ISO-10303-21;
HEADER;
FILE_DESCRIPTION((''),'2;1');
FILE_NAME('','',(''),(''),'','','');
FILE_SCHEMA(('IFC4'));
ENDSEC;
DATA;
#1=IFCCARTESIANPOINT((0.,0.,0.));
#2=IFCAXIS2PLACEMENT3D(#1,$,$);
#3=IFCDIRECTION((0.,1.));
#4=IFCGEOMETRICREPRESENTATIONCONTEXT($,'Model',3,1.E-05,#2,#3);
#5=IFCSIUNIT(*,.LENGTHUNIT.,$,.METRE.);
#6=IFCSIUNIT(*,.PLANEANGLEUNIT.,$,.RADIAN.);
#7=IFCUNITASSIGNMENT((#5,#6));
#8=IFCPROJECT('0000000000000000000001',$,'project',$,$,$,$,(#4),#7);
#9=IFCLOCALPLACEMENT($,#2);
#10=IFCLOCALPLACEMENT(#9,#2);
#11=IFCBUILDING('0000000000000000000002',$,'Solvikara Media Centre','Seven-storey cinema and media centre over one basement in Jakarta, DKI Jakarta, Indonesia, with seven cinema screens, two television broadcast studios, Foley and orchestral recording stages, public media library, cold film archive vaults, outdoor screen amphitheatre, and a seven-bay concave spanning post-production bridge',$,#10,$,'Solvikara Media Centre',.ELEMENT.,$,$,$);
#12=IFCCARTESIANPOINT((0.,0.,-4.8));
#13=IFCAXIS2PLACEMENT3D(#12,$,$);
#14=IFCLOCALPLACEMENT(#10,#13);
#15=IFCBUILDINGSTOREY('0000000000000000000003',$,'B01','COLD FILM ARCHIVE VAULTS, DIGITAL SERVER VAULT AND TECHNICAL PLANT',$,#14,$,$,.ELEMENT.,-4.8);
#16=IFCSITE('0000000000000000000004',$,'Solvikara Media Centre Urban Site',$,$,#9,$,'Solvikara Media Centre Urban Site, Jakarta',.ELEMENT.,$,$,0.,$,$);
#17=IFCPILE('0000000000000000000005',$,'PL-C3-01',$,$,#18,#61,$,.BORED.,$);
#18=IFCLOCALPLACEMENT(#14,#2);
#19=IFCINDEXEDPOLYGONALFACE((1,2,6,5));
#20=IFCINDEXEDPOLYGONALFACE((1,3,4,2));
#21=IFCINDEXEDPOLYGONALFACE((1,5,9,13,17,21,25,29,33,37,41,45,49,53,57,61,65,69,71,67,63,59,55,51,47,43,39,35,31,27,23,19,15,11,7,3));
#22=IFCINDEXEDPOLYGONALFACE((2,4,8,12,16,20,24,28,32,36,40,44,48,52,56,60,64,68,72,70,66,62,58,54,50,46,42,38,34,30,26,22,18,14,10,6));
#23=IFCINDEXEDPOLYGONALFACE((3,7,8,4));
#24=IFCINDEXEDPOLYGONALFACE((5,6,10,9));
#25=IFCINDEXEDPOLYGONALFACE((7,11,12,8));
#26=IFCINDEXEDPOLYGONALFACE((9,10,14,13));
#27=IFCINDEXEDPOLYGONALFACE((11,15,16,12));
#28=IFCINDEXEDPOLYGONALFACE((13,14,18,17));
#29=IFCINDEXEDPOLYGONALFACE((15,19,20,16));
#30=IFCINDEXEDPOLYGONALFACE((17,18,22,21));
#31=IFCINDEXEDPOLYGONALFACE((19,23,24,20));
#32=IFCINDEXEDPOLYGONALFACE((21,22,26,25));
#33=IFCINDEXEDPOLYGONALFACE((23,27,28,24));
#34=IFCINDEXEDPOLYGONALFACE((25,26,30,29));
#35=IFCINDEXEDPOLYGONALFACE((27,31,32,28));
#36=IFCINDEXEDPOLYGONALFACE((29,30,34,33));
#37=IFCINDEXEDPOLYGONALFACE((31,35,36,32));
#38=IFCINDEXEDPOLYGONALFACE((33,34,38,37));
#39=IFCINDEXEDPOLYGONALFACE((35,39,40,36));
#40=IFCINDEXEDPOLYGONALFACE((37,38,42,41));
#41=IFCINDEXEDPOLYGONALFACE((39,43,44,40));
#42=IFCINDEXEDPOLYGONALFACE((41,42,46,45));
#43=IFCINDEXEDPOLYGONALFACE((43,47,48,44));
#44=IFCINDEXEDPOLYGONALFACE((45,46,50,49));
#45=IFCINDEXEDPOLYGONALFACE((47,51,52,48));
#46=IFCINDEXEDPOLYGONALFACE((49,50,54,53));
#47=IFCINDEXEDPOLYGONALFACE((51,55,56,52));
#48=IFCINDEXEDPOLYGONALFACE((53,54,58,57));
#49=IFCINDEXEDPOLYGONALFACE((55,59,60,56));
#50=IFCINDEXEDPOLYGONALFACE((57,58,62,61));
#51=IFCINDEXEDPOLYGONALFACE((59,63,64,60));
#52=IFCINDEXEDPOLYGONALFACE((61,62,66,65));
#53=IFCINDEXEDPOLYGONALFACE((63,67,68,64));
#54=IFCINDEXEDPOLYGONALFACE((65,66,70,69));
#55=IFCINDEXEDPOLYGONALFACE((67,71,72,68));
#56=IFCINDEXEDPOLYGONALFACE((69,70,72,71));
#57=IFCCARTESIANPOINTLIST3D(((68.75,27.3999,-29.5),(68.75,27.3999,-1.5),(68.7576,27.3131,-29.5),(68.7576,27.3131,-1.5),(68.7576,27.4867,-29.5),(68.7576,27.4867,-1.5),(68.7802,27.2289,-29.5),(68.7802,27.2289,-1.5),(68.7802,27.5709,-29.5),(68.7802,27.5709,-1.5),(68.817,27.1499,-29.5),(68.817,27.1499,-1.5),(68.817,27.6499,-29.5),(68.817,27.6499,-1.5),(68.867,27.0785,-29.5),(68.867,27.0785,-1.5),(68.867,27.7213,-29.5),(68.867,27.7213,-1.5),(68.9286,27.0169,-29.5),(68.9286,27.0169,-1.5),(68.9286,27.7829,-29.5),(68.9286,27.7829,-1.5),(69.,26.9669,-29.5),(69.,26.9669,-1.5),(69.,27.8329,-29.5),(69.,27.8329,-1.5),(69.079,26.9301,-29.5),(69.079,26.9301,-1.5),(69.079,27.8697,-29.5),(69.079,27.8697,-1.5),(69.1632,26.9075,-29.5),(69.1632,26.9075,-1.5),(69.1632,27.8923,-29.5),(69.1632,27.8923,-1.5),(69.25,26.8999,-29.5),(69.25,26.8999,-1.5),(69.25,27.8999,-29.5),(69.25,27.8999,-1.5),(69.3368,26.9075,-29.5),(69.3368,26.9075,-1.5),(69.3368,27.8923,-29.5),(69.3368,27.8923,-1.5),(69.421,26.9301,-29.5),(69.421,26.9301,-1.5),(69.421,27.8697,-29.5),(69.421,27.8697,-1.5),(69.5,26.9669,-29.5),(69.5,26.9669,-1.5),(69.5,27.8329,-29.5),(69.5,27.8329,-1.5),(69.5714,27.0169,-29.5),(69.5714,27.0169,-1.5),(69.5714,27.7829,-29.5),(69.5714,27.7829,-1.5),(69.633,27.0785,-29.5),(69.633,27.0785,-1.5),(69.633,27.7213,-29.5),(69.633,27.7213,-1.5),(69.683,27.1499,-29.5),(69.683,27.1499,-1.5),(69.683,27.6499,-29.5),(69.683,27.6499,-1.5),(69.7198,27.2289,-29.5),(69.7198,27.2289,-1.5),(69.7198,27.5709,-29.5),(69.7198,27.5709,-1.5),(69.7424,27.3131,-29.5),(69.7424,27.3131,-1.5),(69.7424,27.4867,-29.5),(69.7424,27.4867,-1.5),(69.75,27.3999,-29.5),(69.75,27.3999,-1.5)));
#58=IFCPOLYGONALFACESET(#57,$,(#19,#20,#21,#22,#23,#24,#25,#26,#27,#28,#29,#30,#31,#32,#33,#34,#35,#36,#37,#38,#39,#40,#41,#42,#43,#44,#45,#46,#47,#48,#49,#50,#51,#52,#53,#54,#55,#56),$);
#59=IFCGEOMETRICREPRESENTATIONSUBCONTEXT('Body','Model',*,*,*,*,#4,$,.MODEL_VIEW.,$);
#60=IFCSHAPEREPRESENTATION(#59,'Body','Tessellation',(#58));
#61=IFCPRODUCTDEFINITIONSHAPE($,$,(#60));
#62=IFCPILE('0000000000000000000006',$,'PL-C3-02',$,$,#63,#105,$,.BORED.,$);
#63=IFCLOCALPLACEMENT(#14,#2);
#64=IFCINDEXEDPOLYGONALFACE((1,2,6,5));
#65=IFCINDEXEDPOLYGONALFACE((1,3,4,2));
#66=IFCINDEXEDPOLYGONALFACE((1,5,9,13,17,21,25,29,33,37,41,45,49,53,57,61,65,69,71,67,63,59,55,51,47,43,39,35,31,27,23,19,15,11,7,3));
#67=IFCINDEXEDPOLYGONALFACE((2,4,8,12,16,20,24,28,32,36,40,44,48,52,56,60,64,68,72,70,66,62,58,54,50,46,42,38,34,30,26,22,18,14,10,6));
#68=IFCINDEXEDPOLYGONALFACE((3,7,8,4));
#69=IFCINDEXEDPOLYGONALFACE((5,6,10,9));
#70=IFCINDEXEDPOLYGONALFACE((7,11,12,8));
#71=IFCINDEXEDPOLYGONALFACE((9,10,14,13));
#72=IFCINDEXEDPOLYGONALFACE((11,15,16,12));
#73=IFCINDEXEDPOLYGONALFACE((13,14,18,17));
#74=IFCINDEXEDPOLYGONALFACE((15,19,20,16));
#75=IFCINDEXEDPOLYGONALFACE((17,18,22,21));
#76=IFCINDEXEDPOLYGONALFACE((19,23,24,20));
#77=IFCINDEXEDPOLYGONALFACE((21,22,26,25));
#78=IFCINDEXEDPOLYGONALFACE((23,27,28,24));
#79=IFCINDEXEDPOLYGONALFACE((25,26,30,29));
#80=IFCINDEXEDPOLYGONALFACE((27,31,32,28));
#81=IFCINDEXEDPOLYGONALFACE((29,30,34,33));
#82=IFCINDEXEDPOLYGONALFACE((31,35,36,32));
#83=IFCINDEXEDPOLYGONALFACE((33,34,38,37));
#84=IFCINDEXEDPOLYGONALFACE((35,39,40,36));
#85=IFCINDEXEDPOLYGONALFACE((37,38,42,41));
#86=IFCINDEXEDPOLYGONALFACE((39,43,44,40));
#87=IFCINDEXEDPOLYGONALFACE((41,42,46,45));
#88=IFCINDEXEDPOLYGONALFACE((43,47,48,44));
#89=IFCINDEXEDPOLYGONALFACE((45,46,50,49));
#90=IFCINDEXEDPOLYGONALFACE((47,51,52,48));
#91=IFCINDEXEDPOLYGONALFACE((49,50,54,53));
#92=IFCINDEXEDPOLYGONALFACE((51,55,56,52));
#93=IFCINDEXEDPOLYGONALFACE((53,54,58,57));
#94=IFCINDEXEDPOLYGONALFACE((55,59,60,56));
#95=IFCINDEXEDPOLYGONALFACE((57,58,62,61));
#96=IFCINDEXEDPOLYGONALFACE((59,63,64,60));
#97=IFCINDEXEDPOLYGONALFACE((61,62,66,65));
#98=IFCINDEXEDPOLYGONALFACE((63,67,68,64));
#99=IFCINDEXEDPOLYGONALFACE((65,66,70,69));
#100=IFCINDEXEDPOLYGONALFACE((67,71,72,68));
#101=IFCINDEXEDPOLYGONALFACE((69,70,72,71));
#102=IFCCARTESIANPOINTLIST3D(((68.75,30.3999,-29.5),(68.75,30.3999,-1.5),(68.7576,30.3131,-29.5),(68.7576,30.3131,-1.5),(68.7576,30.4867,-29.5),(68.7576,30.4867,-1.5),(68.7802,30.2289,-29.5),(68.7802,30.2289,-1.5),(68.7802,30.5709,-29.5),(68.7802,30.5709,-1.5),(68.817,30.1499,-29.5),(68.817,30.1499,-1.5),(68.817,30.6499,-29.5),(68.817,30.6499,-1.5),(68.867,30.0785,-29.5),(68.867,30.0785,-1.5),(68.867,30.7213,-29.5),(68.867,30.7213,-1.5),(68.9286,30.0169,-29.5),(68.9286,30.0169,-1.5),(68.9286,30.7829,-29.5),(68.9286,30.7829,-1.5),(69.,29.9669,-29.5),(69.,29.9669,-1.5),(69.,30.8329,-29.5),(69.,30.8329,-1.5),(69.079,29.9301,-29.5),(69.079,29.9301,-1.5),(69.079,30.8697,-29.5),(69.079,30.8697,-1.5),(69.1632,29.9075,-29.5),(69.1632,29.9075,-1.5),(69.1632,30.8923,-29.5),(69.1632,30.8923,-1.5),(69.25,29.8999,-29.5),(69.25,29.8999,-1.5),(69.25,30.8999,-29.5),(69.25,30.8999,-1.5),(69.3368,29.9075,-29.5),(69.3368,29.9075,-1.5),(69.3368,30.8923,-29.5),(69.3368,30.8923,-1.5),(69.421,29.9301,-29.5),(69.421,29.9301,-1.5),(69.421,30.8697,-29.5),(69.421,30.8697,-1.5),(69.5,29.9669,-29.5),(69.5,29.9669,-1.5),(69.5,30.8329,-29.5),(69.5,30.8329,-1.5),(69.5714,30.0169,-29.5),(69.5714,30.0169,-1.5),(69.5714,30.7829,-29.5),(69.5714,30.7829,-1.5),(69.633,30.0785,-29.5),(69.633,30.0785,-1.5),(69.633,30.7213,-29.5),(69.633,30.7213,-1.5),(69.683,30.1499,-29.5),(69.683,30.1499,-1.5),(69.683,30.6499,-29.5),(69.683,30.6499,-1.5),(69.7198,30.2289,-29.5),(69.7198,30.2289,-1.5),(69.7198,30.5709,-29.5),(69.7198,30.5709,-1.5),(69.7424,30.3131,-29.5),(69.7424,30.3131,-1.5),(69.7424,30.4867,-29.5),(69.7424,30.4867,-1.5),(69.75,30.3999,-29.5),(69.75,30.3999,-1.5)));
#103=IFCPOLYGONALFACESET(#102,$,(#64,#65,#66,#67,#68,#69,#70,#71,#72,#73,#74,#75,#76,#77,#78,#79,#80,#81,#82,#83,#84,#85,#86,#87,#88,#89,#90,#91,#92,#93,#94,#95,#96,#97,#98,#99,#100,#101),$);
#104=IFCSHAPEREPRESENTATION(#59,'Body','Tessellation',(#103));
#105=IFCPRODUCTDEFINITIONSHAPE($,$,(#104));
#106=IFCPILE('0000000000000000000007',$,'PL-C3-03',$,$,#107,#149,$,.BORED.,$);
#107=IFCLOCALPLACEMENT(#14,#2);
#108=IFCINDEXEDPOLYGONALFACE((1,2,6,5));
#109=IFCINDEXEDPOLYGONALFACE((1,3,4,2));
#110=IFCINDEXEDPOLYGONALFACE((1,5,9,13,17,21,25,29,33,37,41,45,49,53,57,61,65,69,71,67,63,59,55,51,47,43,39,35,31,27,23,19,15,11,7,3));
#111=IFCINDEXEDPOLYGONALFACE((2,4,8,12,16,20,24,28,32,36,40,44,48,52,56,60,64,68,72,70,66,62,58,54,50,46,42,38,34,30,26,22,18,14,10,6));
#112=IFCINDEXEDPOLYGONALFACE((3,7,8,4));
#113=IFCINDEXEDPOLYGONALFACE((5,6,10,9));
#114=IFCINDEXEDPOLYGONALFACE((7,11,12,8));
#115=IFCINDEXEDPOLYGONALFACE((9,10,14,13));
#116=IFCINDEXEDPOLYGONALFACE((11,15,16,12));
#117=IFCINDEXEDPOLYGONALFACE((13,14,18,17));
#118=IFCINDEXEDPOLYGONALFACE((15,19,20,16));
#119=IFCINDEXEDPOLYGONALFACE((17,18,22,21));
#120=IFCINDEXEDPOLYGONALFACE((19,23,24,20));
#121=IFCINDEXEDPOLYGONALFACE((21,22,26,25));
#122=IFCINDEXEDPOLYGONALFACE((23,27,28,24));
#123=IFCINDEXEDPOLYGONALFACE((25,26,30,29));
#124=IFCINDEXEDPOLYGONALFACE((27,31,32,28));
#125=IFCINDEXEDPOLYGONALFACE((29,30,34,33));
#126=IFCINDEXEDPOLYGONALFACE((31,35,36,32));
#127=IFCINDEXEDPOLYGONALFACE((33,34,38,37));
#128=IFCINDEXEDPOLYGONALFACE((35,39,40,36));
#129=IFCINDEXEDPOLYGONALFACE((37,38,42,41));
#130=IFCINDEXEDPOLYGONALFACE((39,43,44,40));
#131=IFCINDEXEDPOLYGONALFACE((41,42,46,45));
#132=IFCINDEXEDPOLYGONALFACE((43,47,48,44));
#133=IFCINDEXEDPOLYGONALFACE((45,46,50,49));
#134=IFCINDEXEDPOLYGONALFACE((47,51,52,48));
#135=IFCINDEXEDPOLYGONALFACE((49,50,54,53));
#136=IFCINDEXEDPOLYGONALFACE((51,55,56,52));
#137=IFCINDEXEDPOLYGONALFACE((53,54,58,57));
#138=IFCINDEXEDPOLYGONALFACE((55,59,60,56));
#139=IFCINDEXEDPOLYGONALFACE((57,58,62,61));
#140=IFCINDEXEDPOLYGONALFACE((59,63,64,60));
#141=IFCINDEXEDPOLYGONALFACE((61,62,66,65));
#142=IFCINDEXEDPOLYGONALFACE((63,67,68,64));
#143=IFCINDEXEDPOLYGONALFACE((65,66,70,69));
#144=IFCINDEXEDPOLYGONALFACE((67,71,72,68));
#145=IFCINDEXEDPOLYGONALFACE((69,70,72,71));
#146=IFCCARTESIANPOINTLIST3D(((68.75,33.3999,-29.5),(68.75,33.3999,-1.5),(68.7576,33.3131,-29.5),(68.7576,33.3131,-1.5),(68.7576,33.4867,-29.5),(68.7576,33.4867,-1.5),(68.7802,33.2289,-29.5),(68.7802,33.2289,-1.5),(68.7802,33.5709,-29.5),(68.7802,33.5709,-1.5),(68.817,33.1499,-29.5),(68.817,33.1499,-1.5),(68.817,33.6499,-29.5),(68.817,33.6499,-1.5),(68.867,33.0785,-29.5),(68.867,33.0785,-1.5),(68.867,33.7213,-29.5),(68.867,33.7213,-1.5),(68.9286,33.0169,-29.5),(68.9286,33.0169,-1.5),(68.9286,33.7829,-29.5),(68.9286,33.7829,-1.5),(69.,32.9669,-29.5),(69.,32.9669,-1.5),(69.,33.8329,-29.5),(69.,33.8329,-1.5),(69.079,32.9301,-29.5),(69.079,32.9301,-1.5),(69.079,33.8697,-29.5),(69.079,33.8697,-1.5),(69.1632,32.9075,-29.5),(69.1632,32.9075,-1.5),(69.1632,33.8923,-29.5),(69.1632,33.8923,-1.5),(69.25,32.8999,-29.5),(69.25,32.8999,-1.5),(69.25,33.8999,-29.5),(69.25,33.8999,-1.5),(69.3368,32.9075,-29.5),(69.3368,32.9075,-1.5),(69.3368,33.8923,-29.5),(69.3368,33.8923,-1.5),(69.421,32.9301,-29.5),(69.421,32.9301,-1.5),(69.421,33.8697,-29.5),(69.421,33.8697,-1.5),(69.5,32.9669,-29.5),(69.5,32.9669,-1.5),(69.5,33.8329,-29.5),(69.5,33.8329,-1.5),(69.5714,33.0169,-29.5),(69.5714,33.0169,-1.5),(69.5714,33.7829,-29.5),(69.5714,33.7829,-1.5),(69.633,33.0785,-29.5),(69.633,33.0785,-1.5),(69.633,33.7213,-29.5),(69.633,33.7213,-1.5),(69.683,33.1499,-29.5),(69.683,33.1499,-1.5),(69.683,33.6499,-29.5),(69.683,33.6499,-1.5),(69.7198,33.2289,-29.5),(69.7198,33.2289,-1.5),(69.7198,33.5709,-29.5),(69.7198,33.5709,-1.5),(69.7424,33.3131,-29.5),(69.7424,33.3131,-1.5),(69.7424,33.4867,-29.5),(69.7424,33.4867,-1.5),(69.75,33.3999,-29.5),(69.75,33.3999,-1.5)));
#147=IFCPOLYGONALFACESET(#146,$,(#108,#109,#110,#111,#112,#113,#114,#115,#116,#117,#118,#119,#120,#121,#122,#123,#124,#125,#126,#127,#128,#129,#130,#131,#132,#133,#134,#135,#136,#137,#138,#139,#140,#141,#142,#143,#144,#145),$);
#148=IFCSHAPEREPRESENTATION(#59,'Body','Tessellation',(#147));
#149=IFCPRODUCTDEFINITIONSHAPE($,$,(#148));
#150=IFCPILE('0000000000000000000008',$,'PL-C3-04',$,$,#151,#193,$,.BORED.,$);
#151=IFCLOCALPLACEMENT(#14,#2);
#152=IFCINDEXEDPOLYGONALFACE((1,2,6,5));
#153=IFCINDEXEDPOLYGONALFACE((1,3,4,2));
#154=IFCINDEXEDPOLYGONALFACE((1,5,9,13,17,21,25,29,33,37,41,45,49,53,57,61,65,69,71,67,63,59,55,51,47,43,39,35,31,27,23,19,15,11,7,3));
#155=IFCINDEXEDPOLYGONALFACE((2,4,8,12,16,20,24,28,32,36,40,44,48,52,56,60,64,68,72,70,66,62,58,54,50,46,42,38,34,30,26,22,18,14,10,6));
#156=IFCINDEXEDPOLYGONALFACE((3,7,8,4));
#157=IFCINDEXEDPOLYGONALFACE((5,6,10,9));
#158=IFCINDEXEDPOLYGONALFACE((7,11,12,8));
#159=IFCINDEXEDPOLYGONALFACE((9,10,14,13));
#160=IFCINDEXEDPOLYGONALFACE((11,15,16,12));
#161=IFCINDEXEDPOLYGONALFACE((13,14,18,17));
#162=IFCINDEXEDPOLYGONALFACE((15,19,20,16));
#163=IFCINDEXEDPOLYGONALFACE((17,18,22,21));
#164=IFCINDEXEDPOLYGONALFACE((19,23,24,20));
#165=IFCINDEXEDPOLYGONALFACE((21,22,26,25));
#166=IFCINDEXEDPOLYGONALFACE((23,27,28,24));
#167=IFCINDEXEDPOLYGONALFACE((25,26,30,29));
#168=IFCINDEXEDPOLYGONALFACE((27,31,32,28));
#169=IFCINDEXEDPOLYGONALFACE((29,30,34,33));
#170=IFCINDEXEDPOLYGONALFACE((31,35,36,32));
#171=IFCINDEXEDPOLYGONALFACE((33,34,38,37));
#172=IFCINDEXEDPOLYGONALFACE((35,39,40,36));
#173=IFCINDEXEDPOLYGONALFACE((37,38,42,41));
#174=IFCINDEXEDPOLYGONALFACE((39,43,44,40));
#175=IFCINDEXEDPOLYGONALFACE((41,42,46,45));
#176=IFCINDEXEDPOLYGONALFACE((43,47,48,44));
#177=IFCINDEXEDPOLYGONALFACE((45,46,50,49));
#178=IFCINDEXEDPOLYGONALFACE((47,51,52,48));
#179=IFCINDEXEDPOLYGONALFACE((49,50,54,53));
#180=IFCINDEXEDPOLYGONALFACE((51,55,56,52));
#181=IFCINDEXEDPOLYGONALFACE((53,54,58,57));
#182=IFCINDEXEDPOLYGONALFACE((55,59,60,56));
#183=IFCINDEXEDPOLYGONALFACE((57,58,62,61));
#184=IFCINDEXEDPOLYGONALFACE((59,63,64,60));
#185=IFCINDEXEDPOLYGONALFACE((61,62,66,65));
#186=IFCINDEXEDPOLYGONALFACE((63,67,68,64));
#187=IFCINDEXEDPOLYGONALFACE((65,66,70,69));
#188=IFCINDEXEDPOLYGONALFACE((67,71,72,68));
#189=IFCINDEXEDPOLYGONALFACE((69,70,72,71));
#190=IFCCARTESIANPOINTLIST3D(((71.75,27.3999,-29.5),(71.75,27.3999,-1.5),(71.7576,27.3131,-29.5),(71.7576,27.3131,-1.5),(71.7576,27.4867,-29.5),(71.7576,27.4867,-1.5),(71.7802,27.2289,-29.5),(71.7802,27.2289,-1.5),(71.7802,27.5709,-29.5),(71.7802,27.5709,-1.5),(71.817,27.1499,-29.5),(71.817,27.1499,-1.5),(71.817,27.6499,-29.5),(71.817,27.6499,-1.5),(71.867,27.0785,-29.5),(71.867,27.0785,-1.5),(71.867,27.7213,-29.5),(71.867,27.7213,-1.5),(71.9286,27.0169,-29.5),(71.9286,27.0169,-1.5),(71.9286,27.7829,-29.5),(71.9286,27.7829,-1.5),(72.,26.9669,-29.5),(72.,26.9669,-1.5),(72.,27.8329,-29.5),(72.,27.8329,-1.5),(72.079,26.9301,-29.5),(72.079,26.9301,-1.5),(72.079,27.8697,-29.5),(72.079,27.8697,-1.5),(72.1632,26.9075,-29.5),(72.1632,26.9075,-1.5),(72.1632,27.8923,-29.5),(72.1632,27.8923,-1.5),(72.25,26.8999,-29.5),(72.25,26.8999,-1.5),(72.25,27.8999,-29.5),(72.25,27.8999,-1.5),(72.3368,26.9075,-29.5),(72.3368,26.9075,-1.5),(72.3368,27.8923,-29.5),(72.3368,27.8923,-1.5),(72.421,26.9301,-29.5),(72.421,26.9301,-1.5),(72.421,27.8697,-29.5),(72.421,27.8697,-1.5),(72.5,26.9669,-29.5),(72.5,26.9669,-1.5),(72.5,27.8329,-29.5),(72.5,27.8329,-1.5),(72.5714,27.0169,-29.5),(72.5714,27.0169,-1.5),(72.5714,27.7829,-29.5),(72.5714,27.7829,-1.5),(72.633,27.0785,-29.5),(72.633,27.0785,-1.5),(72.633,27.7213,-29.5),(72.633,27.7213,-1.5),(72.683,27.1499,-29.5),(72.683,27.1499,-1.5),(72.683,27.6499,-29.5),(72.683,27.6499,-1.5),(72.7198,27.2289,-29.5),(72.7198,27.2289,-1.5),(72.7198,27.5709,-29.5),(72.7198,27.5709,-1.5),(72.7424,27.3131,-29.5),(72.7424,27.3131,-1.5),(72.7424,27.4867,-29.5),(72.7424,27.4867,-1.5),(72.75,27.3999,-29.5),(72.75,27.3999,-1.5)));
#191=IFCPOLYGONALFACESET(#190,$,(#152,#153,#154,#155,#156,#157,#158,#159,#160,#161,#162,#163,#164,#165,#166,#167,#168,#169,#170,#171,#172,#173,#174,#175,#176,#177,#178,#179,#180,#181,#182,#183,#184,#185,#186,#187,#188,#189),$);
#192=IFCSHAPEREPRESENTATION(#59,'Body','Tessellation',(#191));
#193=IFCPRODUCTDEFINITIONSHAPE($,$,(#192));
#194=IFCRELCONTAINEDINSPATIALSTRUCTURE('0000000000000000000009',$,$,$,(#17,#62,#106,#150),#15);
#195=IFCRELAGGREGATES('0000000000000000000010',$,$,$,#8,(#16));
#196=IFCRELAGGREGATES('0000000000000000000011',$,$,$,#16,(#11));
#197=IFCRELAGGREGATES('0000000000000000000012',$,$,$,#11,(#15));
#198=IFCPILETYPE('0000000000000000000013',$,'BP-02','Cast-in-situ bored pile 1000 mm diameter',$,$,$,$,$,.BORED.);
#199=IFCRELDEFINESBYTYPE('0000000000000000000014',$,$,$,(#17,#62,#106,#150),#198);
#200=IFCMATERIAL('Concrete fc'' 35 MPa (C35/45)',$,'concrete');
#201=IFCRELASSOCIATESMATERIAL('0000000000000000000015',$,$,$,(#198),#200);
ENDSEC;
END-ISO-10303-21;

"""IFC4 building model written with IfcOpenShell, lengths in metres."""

from ifc_helpers import new_model, si_unit, direction, frame, origin, origin_2d, place, context, subcontext, project, spatial, circle, extrude, material, material_profile, profile_set, type_object, element, save


model = new_model("IFC4")

# Units and contexts
model_context = context("Model", 3, precision=1e-05, world=origin(), true_north=direction((0.0, 1.0)))
body_context = subcontext(model_context, "Body", "Model", "MODEL_VIEW")
ifc_project = project(units=[si_unit("LENGTHUNIT", "METRE"), si_unit("PLANEANGLEUNIT", "RADIAN")], contexts=[model_context])

# Site, building, storey
site_placement = place(None, origin())
site = spatial("IfcSite", under=ifc_project, at=site_placement, Name="Solvikara Media Centre Urban Site", LongName="Solvikara Media Centre Urban Site, Jakarta", CompositionType="ELEMENT", RefElevation=0.0)
building_placement = place(site_placement, origin())
building = spatial("IfcBuilding", under=site, at=building_placement, Name="Solvikara Media Centre", Description="Seven-storey cinema and media centre over one basement in Jakarta, DKI Jakarta, Indonesia, with seven cinema screens, two television broadcast studios, Foley and orchestral recording stages, public media library, cold film archive vaults, outdoor screen amphitheatre, and a seven-bay concave spanning post-production bridge", LongName="Solvikara Media Centre", CompositionType="ELEMENT")
storey_placement = place(building_placement, frame((0.0, 0.0, -4.8)))
storey = spatial("IfcBuildingStorey", under=building, at=storey_placement, Name="B01", Description="COLD FILM ARCHIVE VAULTS, DIGITAL SERVER VAULT AND TECHNICAL PLANT", CompositionType="ELEMENT", Elevation=-4.8)

# Piles
ifc_material_1 = material(Name="Concrete fc' 35 MPa (C35/45)", Category="concrete")
ifc_material_profile_1 = material_profile(ifc_material_1, circle(Radius=0.5, at=origin_2d()), Name="BORED PILE D1000")
ifc_profile_set_1 = profile_set([ifc_material_profile_1], Name="Concrete fc' 35 MPa (C35/45)")
pile_type = type_object("IfcPileType", Name="BP-02", Description="Cast-in-situ bored pile 1000 mm diameter", PredefinedType="BORED", material=ifc_profile_set_1)
for number, where, z_axis, x_axis, name in (
    (1, (69.25, 27.3999, -1.5), (0.0, 0.0, -1.0), (1.0, 0.0, 0.0), "PL-C3-01"),
    (2, (69.25, 30.3999, -1.5), (0.0, 0.0, -1.0), (1.0, 0.0, 0.0), "PL-C3-02"),
    (3, (69.25, 33.3999, -1.5), (0.0, 0.0, -1.0), (1.0, 0.0, 0.0), "PL-C3-03"),
    (4, (72.25, 27.3999, -1.5), (0.0, 0.0, -1.0), (1.0, 0.0, 0.0), "PL-C3-04"),
):
    element("IfcPile", number, at=place(storey_placement, frame(where, z_axis=z_axis, x_axis=x_axis)), inside=storey, type_object=pile_type, Name=name, PredefinedType="BORED", context=body_context, shape_type="SweptSolid", body=[
        extrude(circle(Radius=0.5, at=origin_2d()), origin(), (0.0, 0.0, 1.0), 28.0),
    ])

save(model, "model.ifc")
